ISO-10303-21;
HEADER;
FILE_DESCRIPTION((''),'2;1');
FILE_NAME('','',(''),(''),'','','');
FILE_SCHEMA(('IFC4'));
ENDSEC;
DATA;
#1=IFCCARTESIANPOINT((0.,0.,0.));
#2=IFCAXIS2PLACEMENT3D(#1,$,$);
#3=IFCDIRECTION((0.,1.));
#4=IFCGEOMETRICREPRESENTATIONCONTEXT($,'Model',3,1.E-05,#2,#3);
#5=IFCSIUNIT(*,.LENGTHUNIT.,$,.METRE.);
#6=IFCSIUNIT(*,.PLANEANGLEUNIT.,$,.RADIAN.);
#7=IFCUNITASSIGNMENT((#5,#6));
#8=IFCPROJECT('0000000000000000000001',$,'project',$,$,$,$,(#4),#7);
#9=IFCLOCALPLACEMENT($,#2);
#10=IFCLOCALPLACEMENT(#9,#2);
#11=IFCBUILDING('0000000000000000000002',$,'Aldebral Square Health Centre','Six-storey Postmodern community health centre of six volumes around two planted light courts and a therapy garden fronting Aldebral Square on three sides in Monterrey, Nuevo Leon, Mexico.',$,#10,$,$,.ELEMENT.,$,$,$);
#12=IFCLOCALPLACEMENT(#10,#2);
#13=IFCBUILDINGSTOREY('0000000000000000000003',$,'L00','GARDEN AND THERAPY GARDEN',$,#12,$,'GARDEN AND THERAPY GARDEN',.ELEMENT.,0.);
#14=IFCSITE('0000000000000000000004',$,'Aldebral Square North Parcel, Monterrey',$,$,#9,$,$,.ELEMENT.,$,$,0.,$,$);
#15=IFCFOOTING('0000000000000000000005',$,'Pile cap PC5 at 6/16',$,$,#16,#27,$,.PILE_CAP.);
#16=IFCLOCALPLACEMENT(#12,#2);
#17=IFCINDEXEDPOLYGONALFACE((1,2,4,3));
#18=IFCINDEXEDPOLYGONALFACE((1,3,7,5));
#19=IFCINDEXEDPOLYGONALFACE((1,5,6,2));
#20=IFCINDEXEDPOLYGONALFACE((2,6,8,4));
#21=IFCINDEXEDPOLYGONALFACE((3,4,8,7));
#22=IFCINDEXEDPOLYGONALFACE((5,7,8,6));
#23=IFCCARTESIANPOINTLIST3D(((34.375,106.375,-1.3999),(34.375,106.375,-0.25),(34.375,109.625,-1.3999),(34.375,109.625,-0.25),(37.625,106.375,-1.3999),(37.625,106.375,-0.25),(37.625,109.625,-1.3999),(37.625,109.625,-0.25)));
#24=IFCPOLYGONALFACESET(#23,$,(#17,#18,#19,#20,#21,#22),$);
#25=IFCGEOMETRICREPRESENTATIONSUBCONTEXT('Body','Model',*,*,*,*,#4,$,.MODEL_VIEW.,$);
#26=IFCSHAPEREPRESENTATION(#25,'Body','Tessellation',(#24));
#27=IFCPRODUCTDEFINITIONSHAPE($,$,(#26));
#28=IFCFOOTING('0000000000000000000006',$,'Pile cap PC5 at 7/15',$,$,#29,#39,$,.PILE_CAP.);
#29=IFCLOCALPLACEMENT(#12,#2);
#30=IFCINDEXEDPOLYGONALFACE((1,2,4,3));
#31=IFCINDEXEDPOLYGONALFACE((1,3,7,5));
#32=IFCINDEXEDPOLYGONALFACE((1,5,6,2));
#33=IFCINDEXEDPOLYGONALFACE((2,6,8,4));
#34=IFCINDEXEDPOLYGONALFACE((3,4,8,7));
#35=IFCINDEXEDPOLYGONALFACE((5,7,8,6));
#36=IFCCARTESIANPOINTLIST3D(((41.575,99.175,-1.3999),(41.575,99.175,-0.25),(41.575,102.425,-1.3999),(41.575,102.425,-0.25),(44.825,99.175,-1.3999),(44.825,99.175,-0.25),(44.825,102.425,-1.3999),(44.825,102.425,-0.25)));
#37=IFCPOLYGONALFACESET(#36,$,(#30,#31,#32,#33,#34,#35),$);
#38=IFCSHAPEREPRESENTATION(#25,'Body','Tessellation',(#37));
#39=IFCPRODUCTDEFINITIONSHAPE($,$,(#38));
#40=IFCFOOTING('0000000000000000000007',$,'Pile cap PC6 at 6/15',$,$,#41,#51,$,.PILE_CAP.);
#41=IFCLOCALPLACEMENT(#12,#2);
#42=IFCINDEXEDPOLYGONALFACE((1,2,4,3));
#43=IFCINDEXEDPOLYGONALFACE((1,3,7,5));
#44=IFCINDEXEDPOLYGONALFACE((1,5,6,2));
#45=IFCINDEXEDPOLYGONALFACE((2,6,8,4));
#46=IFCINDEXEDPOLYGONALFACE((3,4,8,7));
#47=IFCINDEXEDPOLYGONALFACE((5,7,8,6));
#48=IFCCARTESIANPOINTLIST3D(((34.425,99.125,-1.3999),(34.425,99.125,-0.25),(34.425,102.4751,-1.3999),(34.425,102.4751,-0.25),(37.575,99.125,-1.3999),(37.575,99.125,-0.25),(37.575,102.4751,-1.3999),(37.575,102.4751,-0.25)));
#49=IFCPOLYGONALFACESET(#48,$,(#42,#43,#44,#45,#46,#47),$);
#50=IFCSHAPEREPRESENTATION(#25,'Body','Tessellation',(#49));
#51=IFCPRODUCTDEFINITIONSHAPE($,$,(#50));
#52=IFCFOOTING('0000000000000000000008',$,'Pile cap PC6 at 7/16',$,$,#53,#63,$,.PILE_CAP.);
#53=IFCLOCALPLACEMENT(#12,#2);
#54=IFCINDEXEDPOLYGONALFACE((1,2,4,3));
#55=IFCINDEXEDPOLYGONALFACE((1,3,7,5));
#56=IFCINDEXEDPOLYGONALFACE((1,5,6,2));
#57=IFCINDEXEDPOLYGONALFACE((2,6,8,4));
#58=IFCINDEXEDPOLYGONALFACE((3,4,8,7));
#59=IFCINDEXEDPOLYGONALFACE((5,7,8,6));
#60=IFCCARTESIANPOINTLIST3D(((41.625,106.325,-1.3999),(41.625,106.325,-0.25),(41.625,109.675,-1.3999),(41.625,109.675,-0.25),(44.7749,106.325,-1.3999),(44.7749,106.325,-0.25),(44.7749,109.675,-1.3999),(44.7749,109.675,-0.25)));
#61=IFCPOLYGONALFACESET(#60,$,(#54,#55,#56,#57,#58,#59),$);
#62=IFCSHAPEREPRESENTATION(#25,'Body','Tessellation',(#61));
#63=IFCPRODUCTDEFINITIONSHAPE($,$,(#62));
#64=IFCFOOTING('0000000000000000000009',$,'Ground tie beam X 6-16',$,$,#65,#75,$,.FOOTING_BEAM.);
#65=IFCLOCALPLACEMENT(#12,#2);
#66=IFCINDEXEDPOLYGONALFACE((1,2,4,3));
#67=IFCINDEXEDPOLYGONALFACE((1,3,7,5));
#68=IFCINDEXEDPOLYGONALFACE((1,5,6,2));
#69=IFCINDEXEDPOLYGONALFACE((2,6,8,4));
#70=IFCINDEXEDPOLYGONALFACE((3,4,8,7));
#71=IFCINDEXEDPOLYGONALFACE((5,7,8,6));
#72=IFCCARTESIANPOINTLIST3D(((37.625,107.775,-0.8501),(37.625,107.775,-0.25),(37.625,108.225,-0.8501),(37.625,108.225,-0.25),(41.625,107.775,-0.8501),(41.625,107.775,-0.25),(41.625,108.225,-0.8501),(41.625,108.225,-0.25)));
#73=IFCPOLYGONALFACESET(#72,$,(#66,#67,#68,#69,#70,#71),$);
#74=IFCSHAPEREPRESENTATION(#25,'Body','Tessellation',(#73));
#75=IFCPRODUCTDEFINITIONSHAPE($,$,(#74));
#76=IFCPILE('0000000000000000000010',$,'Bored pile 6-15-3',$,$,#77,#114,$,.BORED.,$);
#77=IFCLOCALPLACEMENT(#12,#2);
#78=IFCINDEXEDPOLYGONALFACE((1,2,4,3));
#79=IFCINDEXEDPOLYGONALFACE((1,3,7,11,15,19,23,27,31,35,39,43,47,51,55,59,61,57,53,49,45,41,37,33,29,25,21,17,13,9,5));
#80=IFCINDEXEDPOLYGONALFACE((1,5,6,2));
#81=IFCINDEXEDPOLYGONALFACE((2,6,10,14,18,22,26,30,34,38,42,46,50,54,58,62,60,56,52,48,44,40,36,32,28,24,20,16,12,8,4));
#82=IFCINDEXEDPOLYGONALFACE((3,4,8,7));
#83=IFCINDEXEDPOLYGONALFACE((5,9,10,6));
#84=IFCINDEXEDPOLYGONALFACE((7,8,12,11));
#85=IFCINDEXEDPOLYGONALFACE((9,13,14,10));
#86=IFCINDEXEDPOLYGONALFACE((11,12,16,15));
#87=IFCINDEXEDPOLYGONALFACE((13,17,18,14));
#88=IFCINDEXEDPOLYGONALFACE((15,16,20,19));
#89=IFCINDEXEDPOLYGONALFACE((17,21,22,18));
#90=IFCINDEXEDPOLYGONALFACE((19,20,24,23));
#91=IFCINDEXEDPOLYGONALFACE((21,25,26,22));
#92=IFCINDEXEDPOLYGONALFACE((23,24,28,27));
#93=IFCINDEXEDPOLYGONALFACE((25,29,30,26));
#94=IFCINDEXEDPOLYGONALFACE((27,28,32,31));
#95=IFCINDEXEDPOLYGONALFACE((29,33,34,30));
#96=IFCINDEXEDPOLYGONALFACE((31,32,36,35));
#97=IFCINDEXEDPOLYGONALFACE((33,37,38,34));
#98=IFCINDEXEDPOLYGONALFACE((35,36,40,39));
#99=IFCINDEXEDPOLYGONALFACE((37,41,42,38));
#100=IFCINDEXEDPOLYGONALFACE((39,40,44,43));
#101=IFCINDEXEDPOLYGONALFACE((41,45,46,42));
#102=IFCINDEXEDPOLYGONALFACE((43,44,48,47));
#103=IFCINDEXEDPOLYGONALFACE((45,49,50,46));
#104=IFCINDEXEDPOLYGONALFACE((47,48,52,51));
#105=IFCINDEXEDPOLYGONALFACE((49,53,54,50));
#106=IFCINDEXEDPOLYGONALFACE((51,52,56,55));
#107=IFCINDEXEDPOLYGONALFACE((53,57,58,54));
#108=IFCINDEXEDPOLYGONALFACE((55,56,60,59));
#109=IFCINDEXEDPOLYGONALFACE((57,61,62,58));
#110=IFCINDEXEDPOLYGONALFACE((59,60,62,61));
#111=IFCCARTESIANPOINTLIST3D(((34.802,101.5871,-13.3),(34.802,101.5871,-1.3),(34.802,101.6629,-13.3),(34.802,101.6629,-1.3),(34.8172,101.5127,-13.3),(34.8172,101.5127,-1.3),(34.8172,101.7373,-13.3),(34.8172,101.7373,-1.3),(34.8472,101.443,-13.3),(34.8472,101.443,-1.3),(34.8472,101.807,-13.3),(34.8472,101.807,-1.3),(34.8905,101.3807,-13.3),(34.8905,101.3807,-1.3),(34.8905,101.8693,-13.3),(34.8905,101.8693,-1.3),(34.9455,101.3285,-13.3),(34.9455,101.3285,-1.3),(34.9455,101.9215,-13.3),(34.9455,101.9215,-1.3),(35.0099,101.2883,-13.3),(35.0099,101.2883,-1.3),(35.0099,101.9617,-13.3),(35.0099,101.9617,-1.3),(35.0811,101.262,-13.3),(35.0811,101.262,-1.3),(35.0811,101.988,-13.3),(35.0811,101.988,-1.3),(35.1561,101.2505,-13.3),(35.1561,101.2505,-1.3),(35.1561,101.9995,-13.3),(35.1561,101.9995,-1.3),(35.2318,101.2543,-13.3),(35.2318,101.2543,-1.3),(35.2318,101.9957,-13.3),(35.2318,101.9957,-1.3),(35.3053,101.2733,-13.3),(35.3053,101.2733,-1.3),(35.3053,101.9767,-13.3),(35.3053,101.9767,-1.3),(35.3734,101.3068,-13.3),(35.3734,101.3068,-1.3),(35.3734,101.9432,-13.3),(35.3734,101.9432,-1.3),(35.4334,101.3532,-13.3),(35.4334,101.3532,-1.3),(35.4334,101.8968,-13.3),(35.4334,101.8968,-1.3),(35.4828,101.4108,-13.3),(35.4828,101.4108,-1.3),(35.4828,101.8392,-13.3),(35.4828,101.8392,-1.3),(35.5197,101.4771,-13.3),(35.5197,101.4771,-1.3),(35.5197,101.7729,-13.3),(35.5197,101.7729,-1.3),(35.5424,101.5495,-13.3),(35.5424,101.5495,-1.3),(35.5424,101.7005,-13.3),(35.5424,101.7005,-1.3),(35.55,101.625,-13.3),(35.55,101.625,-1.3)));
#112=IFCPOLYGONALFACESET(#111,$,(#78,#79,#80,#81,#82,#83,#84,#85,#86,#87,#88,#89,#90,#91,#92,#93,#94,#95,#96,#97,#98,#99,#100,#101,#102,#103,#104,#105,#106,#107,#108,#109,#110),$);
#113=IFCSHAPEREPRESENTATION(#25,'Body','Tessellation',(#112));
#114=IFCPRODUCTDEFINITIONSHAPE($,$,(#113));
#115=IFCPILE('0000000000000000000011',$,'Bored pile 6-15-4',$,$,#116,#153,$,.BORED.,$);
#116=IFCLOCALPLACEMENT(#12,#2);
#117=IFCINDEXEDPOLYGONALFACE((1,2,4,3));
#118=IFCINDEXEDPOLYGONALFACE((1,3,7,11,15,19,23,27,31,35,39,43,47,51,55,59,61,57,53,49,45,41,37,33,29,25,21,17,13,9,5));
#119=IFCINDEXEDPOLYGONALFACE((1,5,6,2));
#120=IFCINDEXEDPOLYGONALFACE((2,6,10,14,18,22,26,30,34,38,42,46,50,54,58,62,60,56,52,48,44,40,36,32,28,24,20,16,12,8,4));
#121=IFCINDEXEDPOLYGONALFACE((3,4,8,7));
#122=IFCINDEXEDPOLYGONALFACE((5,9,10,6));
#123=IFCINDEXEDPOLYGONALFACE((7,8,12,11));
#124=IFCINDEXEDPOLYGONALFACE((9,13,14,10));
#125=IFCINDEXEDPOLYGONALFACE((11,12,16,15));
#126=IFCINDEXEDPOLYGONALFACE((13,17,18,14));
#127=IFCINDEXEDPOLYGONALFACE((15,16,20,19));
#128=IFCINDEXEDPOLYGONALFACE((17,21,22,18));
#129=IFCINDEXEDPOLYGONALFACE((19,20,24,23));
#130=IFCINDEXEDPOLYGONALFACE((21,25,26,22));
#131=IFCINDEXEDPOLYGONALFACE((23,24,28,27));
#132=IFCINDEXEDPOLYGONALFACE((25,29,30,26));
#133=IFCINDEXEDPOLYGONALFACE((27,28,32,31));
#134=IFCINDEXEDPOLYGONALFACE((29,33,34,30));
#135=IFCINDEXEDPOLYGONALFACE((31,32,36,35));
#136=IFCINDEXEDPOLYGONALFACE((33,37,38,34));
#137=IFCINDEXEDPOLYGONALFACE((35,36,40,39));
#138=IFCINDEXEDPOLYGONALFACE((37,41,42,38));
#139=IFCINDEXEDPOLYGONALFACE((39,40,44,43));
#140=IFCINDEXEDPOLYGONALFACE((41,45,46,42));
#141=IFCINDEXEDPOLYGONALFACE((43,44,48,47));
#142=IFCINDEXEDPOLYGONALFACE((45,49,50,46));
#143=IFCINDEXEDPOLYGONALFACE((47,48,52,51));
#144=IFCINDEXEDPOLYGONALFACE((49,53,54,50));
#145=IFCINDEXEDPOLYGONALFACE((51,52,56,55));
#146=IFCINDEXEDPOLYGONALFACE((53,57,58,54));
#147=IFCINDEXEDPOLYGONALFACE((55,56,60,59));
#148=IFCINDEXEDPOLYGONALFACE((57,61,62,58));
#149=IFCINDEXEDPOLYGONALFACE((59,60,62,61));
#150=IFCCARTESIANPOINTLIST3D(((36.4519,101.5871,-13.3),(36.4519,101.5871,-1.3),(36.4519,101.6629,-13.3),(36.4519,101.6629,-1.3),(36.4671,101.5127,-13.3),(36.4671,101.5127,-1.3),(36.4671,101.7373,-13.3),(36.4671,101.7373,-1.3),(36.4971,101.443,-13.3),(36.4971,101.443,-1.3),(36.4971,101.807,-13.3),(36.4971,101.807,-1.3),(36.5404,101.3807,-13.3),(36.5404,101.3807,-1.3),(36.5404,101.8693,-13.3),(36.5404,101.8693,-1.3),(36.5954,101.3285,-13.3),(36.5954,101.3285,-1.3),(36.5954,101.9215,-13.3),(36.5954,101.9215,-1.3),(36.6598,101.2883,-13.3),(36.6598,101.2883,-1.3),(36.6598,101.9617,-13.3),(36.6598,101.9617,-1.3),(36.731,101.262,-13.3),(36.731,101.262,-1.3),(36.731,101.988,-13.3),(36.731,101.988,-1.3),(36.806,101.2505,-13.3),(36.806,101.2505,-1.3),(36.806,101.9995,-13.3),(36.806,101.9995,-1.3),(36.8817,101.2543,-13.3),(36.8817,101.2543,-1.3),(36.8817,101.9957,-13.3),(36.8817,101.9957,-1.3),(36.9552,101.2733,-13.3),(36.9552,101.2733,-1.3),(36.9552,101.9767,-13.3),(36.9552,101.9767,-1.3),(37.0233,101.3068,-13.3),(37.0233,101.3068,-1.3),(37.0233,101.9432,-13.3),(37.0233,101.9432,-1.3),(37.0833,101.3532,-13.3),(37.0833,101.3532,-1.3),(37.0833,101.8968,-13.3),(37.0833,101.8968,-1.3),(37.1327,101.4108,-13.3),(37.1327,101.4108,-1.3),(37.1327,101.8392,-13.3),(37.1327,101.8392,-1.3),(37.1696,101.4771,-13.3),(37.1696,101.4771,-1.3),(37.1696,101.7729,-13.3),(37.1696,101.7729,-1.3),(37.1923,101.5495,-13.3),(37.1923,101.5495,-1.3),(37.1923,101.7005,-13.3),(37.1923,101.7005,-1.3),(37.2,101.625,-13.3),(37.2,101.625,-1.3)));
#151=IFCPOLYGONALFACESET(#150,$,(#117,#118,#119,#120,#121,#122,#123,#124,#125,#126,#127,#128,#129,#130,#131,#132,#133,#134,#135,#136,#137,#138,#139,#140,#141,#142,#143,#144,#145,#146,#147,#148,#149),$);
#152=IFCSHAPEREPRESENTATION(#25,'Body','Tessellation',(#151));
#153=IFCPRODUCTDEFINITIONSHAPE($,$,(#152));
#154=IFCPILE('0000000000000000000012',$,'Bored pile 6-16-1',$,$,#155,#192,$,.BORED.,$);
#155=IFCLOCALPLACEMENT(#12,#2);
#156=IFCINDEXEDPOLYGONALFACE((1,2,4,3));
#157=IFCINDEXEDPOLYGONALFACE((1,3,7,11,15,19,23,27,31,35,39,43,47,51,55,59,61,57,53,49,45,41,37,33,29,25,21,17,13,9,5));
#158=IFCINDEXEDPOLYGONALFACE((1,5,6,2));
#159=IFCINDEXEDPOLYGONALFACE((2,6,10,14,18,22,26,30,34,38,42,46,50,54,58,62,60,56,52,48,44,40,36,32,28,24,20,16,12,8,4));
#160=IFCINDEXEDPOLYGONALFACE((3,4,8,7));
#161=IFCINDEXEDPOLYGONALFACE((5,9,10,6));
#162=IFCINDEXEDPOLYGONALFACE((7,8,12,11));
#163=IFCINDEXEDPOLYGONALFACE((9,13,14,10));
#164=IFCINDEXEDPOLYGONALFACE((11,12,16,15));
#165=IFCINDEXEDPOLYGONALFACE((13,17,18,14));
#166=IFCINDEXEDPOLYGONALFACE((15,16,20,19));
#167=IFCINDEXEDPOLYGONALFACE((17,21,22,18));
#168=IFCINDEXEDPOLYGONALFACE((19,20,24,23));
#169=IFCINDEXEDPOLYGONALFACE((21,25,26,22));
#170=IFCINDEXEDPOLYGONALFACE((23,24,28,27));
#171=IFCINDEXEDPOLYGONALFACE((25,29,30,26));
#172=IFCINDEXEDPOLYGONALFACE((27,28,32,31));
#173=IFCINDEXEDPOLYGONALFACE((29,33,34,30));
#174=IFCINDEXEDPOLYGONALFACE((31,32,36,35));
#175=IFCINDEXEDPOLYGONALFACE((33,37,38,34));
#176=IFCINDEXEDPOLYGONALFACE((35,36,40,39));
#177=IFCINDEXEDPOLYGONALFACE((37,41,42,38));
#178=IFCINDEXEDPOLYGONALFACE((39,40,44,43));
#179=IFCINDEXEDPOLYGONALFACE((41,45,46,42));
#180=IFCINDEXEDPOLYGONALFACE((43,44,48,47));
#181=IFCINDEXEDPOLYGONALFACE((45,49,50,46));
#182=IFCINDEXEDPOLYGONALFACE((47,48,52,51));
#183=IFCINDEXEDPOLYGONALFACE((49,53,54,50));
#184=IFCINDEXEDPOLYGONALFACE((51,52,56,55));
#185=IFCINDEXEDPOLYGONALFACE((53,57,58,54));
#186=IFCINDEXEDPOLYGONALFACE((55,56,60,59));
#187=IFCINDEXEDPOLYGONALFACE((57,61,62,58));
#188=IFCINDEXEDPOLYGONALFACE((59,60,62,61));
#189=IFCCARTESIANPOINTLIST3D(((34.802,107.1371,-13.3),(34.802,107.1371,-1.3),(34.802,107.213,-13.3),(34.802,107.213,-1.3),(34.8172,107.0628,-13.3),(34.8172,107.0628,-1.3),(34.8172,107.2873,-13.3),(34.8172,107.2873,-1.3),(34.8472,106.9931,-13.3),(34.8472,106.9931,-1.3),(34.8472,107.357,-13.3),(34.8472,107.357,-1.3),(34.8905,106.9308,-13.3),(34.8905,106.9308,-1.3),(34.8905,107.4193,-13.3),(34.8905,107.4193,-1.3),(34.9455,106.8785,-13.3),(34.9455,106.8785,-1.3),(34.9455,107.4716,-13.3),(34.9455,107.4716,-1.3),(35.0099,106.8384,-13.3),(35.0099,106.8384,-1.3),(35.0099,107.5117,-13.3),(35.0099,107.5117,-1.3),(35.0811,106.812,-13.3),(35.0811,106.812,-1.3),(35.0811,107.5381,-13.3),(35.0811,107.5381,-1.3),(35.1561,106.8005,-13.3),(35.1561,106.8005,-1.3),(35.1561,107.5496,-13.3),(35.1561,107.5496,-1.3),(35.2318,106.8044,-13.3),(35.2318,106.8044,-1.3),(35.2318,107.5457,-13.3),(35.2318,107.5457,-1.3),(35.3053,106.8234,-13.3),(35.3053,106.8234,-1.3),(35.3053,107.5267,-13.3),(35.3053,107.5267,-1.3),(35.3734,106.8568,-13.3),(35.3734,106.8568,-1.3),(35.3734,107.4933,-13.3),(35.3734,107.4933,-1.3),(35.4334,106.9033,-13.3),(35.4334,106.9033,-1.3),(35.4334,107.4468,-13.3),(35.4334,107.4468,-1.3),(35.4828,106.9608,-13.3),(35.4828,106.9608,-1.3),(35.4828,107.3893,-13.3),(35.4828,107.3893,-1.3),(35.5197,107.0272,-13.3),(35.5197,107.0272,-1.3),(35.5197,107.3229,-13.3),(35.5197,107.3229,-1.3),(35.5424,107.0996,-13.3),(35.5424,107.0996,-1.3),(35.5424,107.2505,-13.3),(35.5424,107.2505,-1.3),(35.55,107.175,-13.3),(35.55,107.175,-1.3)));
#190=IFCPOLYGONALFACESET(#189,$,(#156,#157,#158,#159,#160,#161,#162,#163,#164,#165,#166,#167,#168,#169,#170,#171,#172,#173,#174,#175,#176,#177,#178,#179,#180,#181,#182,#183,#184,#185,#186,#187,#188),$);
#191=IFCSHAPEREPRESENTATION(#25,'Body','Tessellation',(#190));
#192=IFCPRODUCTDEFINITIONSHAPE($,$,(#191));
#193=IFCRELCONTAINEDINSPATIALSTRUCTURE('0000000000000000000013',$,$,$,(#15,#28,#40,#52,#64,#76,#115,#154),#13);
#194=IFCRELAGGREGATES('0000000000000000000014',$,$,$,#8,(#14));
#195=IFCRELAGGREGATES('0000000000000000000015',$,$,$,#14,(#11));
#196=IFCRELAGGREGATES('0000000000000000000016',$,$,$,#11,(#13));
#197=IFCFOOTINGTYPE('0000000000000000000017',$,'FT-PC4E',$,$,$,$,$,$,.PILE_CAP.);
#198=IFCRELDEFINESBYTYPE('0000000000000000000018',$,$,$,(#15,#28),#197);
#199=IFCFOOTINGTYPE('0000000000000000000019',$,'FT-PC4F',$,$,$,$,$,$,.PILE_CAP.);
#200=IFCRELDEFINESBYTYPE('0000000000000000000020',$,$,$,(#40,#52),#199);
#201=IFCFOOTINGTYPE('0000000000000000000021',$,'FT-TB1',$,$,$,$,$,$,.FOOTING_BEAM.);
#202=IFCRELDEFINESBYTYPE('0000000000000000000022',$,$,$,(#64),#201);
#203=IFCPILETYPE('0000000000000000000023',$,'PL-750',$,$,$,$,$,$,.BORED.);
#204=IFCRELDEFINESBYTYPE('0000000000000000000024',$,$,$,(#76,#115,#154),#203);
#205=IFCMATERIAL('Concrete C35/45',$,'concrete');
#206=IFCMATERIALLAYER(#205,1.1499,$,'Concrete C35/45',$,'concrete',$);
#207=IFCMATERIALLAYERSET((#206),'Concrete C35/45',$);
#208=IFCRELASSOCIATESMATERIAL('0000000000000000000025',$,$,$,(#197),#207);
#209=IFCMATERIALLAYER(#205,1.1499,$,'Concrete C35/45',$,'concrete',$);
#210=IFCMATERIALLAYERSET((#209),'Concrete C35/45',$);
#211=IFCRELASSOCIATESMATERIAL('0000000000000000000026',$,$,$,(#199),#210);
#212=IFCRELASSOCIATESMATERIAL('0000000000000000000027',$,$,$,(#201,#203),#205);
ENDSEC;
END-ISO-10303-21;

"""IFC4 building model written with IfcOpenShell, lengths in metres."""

from ifc_helpers import new_model, si_unit, direction, frame, origin, origin_2d, place, context, subcontext, project, spatial, rectangle, circle, extrude, material, layer, layer_set, material_profile, profile_set, type_object, element, save


model = new_model("IFC4")

# Units and contexts
model_context = context("Model", 3, precision=1e-05, world=origin(), true_north=direction((0.0, 1.0)))
body_context = subcontext(model_context, "Body", "Model", "MODEL_VIEW")
ifc_project = project(units=[si_unit("LENGTHUNIT", "METRE"), si_unit("PLANEANGLEUNIT", "RADIAN")], contexts=[model_context])

# Site, building, storey
site_placement = place(None, origin())
site = spatial("IfcSite", under=ifc_project, at=site_placement, Name="Aldebral Square North Parcel, Monterrey", CompositionType="ELEMENT", RefElevation=0.0)
building_placement = place(site_placement, origin())
building = spatial("IfcBuilding", under=site, at=building_placement, Name="Aldebral Square Health Centre", Description="Six-storey Postmodern community health centre of six volumes around two planted light courts and a therapy garden fronting Aldebral Square on three sides in Monterrey, Nuevo Leon, Mexico.", CompositionType="ELEMENT")
storey_placement = place(building_placement, origin())
storey = spatial("IfcBuildingStorey", under=building, at=storey_placement, Name="L00", Description="GARDEN AND THERAPY GARDEN", LongName="GARDEN AND THERAPY GARDEN", CompositionType="ELEMENT", Elevation=0.0)

# Footings
ifc_material_1 = material(Name="Concrete C35/45", Category="concrete")
ifc_layer_1 = layer(ifc_material_1, 1.1499, Name="Concrete C35/45", Category="concrete")
ifc_layer_set_1 = layer_set([ifc_layer_1], Name="Concrete C35/45")
footing_type_1 = type_object("IfcFootingType", Name="FT-PC4E", PredefinedType="PILE_CAP", material=ifc_layer_set_1)
for number, where, z_axis, x_axis, name in (
    (1, (36.0, 108.0, -1.3999), (0.0, 0.0, 1.0), (1.0, 0.0, 0.0), "Pile cap PC5 at 6/16"),
    (2, (43.2, 100.8, -1.3999), (0.0, 0.0, 1.0), (1.0, 0.0, 0.0), "Pile cap PC5 at 7/15"),
):
    element("IfcFooting", number, at=place(storey_placement, frame(where, z_axis=z_axis, x_axis=x_axis)), inside=storey, type_object=footing_type_1, Name=name, PredefinedType="PILE_CAP", context=body_context, shape_type="SweptSolid", body=[
        extrude(rectangle(XDim=3.25, YDim=3.25, at=origin_2d()), origin(), (0.0, 0.0, 1.0), 1.1499),
    ])
ifc_layer_2 = layer(ifc_material_1, 1.1499, Name="Concrete C35/45", Category="concrete")
ifc_layer_set_2 = layer_set([ifc_layer_2], Name="Concrete C35/45")
footing_type_2 = type_object("IfcFootingType", Name="FT-PC4F", PredefinedType="PILE_CAP", material=ifc_layer_set_2)
for number, where, z_axis, x_axis, name in (
    (3, (36.0, 100.8, -1.3999), (0.0, 0.0, 1.0), (1.0, 0.0, 0.0), "Pile cap PC6 at 6/15"),
    (4, (43.2, 108.0, -1.3999), (0.0, 0.0, 1.0), (1.0, 0.0, 0.0), "Pile cap PC6 at 7/16"),
):
    element("IfcFooting", number, at=place(storey_placement, frame(where, z_axis=z_axis, x_axis=x_axis)), inside=storey, type_object=footing_type_2, Name=name, PredefinedType="PILE_CAP", context=body_context, shape_type="SweptSolid", body=[
        extrude(rectangle(XDim=3.1499, YDim=3.3501, at=origin_2d()), origin(), (0.0, 0.0, 1.0), 1.1499),
    ])
ifc_material_profile_1 = material_profile(ifc_material_1, rectangle(XDim=0.45, YDim=0.6001, at=origin_2d()), Name="RC 450x600")
ifc_profile_set_1 = profile_set([ifc_material_profile_1], Name="Concrete C35/45")
footing_type_3 = type_object("IfcFootingType", Name="FT-TB1", PredefinedType="FOOTING_BEAM", material=ifc_profile_set_1)
footing_placement = place(storey_placement, frame((37.625, 108.0, -0.55), z_axis=(1.0, 0.0, 0.0), x_axis=(0.0, 1.0, 0.0)))
element("IfcFooting", 5, at=footing_placement, inside=storey, type_object=footing_type_3, Name="Ground tie beam X 6-16", PredefinedType="FOOTING_BEAM", context=body_context, shape_type="SweptSolid", body=[
    extrude(rectangle(XDim=0.45, YDim=0.6001, at=origin_2d()), origin(), (0.0, 0.0, 1.0), 4.0),
])

# Piles
ifc_material_profile_2 = material_profile(ifc_material_1, circle(Radius=0.375, at=origin_2d()), Name="PILE D750")
ifc_profile_set_2 = profile_set([ifc_material_profile_2], Name="Concrete C35/45")
pile_type = type_object("IfcPileType", Name="PL-750", PredefinedType="BORED", material=ifc_profile_set_2)
for number, where, z_axis, x_axis, name in (
    (6, (35.175, 101.625, -1.3), (0.0, 0.0, -1.0), (1.0, 0.0, 0.0), "Bored pile 6-15-3"),
    (7, (36.825, 101.625, -1.3), (0.0, 0.0, -1.0), (1.0, 0.0, 0.0), "Bored pile 6-15-4"),
    (8, (35.175, 107.175, -1.3), (0.0, 0.0, -1.0), (1.0, 0.0, 0.0), "Bored pile 6-16-1"),
):
    element("IfcPile", number, at=place(storey_placement, frame(where, z_axis=z_axis, x_axis=x_axis)), inside=storey, type_object=pile_type, Name=name, PredefinedType="BORED", context=body_context, shape_type="SweptSolid", body=[
        extrude(circle(Radius=0.375, at=origin_2d()), origin(), (0.0, 0.0, 1.0), 12.0),
    ])

save(model, "model.ifc")
